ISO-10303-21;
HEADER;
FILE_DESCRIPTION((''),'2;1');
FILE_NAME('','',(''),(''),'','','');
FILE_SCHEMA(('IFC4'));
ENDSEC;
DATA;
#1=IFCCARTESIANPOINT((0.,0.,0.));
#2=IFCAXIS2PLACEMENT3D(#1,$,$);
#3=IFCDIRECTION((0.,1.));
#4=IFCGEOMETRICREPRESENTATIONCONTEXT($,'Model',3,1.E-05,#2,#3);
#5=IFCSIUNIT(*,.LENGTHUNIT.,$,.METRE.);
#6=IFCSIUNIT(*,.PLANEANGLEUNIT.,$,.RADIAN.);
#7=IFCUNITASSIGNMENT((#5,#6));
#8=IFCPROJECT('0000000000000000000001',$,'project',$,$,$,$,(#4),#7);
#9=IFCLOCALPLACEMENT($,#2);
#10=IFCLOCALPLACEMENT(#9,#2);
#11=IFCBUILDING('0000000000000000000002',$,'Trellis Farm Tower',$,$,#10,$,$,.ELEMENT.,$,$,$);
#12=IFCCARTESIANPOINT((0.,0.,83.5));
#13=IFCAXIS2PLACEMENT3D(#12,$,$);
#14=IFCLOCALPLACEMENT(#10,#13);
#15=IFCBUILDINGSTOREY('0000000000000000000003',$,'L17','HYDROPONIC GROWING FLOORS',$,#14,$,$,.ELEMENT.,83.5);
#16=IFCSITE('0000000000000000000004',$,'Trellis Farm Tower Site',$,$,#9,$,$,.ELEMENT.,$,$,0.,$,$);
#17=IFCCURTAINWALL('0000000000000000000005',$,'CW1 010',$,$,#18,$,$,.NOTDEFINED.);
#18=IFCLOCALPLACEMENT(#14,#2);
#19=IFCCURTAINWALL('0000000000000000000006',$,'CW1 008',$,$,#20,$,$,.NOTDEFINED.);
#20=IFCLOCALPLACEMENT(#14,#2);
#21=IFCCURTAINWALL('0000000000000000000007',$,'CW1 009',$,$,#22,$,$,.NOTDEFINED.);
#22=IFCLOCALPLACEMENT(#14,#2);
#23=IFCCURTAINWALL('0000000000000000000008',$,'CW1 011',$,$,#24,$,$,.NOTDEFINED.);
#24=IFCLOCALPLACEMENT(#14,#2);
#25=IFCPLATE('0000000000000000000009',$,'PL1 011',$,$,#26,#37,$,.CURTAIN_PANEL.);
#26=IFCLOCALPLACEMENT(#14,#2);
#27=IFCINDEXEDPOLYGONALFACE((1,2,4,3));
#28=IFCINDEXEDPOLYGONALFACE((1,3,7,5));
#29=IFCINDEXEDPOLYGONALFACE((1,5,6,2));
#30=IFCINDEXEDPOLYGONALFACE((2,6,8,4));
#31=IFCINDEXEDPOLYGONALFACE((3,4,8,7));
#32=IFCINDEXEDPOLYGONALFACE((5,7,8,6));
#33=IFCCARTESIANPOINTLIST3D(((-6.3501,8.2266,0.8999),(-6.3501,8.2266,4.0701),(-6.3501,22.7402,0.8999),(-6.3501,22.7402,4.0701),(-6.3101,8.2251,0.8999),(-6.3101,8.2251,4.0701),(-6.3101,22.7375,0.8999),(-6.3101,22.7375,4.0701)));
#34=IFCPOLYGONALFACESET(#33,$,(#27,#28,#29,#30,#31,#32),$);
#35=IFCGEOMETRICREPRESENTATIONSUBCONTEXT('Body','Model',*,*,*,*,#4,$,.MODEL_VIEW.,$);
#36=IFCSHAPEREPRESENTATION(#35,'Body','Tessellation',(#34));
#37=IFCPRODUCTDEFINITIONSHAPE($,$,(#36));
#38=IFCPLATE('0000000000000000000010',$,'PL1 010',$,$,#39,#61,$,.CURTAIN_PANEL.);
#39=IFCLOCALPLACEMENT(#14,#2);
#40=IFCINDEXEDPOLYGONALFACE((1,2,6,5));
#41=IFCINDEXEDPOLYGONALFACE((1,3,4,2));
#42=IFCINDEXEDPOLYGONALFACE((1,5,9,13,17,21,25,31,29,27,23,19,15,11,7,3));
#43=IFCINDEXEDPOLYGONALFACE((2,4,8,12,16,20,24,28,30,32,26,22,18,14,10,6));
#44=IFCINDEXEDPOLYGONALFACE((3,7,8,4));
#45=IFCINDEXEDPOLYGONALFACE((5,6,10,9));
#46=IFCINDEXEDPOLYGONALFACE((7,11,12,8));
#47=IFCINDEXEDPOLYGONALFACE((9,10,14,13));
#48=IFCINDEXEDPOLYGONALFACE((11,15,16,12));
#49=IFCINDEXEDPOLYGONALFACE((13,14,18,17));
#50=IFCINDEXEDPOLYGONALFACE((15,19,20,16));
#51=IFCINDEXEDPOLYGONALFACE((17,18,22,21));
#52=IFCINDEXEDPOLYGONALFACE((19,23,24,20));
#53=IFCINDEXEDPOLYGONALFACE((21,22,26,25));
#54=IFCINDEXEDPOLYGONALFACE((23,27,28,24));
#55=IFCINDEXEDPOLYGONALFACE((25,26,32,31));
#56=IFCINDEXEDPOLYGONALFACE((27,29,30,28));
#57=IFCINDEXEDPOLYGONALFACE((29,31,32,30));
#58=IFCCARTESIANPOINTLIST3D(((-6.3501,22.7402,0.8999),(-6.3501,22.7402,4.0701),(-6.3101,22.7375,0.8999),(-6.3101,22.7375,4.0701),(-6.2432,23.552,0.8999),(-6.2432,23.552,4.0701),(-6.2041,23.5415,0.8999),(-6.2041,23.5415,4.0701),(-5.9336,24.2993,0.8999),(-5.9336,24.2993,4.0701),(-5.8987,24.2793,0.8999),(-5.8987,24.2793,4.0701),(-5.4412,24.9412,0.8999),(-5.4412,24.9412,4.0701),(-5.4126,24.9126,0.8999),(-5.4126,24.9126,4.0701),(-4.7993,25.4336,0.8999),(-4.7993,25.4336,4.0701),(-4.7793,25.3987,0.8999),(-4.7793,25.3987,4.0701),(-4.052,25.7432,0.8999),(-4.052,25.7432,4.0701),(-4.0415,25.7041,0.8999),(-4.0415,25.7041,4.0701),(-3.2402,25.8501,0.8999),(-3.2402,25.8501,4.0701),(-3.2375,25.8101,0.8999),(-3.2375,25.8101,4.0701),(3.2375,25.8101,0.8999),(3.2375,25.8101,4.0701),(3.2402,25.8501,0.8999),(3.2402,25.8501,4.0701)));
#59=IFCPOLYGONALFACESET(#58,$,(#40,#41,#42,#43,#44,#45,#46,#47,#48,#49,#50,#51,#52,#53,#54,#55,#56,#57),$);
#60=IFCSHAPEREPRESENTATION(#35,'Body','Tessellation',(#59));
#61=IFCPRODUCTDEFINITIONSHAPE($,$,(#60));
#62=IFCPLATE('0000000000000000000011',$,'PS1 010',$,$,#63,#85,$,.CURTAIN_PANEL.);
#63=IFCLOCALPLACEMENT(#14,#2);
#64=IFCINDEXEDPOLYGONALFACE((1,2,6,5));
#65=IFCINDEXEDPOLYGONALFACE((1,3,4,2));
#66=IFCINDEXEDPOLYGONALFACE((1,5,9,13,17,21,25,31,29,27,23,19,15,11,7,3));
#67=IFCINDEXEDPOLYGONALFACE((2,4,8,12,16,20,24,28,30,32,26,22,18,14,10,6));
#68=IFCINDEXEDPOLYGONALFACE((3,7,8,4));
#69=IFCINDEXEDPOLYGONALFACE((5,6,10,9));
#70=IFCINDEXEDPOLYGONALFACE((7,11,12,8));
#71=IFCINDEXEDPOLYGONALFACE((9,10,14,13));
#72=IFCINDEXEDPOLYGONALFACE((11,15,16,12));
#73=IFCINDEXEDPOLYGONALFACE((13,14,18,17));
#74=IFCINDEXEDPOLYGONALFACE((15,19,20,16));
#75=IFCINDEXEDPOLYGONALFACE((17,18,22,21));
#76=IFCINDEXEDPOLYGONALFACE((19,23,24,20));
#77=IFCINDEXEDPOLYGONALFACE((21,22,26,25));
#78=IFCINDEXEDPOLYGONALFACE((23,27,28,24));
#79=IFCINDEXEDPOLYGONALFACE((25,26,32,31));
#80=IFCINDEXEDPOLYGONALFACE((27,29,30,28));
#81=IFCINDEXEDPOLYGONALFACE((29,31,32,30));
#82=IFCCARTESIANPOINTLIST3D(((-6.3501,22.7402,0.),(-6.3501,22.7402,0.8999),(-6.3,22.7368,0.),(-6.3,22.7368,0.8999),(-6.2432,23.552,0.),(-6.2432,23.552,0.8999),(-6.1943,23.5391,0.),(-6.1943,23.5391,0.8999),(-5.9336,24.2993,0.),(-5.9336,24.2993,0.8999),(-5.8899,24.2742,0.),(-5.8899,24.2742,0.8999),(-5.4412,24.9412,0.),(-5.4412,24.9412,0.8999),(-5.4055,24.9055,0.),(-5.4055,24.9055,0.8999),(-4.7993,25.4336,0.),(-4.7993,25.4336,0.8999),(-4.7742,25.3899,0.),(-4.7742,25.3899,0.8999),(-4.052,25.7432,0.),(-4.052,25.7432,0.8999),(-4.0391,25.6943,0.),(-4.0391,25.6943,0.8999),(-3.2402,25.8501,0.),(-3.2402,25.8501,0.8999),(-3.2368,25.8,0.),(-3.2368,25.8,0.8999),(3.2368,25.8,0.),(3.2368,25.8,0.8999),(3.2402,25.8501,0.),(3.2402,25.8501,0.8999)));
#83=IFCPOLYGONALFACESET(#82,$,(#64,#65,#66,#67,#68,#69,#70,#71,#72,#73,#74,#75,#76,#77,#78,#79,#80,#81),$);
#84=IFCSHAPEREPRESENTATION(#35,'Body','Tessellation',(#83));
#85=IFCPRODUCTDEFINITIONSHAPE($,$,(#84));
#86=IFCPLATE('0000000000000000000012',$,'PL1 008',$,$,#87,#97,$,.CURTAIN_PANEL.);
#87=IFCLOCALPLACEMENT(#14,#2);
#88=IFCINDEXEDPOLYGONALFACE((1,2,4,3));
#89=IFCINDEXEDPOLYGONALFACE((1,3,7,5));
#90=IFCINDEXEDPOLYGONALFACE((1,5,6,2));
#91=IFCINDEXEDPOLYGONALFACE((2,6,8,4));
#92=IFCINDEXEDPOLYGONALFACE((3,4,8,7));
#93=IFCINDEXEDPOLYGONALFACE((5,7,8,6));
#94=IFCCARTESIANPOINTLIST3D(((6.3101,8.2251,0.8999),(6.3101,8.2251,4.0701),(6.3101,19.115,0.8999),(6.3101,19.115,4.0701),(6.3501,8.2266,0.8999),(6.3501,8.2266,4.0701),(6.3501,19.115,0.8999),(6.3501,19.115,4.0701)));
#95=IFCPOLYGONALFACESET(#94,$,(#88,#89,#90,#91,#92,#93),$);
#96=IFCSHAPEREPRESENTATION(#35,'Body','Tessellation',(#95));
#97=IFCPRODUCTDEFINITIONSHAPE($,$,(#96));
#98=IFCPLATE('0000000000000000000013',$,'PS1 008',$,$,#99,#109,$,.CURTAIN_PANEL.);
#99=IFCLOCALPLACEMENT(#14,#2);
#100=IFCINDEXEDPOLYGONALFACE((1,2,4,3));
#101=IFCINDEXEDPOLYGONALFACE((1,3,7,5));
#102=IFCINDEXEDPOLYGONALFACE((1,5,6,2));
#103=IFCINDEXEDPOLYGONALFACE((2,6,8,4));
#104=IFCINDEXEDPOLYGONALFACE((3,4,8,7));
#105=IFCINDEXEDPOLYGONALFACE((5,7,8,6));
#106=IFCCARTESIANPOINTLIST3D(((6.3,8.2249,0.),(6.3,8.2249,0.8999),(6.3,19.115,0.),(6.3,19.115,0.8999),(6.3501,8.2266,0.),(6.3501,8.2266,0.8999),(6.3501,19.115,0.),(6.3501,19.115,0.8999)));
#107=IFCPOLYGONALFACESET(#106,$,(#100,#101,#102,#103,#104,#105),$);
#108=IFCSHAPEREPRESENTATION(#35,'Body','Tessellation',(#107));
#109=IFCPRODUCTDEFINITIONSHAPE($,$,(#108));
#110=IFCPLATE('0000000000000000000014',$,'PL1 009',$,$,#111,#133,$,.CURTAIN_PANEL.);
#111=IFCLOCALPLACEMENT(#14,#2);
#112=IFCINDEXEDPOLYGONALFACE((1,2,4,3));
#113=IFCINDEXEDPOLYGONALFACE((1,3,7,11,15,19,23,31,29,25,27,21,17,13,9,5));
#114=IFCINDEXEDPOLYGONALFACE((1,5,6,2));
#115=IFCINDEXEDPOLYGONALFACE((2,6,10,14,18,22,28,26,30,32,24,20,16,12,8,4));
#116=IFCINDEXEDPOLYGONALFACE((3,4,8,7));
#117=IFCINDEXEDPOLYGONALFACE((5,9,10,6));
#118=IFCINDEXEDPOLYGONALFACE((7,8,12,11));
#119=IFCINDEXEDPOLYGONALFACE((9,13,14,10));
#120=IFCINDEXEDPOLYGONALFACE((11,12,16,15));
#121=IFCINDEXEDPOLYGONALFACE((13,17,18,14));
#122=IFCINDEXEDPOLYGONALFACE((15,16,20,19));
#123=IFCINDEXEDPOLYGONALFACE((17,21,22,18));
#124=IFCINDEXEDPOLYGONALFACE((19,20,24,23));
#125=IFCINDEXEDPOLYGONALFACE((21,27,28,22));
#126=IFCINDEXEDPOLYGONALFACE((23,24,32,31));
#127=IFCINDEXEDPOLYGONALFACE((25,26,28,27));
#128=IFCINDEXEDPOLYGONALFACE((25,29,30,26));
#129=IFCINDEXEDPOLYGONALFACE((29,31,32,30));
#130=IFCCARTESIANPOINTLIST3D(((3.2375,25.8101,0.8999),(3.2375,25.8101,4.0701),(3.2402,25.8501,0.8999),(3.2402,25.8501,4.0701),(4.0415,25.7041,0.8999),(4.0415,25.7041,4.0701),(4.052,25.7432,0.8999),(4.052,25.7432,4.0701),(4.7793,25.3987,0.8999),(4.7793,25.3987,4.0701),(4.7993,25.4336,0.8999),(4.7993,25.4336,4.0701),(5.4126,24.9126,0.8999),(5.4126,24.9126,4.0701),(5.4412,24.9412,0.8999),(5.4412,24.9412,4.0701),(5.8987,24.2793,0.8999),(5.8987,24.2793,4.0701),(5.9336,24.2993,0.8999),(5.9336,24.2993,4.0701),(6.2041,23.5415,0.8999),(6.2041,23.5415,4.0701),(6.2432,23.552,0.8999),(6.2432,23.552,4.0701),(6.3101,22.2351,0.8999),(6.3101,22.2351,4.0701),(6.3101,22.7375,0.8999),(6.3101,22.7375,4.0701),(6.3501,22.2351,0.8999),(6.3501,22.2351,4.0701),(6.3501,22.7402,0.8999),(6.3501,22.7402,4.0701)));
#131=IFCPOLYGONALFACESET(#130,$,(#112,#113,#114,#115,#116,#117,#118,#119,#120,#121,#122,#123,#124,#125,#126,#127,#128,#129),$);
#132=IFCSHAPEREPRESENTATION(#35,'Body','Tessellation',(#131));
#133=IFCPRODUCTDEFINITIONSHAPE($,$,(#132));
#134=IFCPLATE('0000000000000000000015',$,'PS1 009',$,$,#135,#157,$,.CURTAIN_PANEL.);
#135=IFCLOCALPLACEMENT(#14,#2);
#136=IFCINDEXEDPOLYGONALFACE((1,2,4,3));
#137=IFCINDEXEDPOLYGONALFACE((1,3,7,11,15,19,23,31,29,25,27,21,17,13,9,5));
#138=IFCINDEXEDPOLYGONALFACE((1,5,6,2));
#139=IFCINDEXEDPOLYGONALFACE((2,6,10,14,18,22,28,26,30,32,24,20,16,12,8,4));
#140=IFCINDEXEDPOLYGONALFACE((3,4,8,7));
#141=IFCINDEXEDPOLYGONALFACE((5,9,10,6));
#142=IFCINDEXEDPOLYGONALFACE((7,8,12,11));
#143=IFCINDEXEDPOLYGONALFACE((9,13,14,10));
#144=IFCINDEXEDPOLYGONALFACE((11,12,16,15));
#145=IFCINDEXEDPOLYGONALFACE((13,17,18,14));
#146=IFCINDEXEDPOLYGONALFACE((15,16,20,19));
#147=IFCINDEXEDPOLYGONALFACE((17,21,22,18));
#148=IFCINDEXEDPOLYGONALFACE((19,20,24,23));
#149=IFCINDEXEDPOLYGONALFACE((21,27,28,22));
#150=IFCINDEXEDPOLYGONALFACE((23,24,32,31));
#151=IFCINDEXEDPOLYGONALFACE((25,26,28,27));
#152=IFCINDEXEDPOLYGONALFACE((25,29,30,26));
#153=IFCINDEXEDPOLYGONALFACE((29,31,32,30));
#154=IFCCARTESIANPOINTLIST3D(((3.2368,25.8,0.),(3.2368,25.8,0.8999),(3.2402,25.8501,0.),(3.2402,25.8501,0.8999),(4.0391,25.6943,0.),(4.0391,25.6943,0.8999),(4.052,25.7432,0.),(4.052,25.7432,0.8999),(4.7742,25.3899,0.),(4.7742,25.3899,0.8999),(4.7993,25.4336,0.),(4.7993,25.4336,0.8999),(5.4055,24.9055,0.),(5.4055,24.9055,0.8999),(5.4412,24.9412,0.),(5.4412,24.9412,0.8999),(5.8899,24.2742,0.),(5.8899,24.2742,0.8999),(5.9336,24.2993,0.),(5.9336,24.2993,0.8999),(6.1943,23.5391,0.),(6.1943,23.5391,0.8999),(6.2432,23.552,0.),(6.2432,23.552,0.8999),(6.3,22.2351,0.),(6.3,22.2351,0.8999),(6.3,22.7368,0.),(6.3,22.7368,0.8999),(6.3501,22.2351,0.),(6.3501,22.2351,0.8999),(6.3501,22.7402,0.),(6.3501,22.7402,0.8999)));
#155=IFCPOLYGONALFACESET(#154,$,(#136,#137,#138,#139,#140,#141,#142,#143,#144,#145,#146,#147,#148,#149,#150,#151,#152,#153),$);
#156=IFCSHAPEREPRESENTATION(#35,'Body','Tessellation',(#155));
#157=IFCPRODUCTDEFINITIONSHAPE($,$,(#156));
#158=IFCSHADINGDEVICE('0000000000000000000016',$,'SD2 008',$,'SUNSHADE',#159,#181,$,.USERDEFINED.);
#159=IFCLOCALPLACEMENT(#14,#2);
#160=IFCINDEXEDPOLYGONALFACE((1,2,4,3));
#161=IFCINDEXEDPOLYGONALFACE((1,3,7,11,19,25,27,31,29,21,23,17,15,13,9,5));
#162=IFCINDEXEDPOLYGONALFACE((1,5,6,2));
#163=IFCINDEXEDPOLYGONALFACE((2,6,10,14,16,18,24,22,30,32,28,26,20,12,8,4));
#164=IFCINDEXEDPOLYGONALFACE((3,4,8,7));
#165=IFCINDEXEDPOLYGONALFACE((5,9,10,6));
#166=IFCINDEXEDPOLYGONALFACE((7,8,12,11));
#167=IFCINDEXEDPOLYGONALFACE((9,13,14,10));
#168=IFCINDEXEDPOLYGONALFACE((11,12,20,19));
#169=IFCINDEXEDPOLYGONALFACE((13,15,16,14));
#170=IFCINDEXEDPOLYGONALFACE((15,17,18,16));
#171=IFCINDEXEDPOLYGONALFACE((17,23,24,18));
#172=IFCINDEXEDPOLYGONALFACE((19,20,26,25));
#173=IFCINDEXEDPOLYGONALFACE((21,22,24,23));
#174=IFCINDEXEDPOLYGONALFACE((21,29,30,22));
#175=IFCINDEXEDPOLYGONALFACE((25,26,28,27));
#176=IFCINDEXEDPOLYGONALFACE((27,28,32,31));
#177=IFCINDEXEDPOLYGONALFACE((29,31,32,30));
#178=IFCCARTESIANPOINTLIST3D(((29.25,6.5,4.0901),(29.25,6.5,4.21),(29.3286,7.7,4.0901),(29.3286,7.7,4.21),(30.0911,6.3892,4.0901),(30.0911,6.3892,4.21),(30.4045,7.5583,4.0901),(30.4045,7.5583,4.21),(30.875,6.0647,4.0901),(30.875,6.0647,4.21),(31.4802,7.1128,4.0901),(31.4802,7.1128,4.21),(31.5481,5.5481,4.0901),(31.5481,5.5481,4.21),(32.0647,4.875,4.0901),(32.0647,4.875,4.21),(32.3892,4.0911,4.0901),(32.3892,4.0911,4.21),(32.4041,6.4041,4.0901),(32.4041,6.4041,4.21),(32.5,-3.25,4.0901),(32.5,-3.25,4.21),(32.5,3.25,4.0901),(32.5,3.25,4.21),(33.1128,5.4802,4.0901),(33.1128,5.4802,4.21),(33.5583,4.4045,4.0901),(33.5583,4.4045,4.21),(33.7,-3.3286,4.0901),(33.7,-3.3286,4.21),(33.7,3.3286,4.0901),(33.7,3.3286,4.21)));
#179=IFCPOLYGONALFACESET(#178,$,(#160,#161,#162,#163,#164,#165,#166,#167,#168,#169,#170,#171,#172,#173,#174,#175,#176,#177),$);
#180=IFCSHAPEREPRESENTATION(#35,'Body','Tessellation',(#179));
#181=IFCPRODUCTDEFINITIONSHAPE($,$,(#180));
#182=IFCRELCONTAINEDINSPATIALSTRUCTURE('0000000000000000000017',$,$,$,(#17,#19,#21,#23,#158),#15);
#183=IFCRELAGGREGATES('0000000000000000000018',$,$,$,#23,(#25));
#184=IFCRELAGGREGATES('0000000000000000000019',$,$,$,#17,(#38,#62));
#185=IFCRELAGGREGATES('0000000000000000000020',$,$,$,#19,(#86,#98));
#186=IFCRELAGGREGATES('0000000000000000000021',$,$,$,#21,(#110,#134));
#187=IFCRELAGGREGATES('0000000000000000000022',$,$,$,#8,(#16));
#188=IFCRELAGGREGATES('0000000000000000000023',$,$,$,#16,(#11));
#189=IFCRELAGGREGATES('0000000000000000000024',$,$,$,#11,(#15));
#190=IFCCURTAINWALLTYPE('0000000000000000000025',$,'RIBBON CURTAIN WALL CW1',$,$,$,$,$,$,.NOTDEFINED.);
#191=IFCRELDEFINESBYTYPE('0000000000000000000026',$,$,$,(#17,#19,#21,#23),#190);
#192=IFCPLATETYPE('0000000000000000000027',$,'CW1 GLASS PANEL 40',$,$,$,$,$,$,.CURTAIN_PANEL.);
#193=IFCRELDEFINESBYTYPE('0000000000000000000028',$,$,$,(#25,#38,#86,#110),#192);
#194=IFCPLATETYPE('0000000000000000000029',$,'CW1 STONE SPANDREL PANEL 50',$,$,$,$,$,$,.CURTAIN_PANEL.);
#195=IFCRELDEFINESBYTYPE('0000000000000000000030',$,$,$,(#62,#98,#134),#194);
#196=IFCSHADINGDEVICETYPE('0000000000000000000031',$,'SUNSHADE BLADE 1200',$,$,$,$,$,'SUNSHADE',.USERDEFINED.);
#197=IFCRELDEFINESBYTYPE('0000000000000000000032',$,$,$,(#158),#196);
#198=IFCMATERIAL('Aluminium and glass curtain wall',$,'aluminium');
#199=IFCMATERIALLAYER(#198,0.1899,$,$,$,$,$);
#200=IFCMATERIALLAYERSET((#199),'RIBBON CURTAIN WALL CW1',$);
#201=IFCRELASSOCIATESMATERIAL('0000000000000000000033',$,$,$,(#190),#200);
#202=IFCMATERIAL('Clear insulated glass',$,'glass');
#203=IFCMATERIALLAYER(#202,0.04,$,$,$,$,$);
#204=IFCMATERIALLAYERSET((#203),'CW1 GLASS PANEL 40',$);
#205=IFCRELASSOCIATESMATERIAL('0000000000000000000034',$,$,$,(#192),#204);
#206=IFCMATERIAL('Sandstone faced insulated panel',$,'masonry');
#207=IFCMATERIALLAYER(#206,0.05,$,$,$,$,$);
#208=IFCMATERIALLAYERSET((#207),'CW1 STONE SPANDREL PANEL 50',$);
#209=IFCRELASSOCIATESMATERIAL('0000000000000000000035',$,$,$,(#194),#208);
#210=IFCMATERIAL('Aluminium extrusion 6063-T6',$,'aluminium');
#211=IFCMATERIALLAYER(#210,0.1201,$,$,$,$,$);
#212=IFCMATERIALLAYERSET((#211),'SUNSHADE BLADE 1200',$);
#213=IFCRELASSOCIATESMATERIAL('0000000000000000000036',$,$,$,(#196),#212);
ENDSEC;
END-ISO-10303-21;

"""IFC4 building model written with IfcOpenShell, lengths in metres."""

from ifc_helpers import new_model, si_unit, direction, frame, origin, place, context, subcontext, project, spatial, polyline, outline, extrude, source, transform, mapped, material, layer, layer_set, type_object, element, aggregate, save


model = new_model("IFC4")

# Units and contexts
model_context = context("Model", 3, precision=1e-05, world=origin(), true_north=direction((0.0, 1.0)))
body_context = subcontext(model_context, "Body", "Model", "MODEL_VIEW")
ifc_project = project(units=[si_unit("LENGTHUNIT", "METRE"), si_unit("PLANEANGLEUNIT", "RADIAN")], contexts=[model_context])

# Site, building, storey
site_placement = place(None, origin())
site = spatial("IfcSite", under=ifc_project, at=site_placement, Name="Trellis Farm Tower Site", CompositionType="ELEMENT", RefElevation=0.0)
building_placement = place(site_placement, origin())
building = spatial("IfcBuilding", under=site, at=building_placement, Name="Trellis Farm Tower", CompositionType="ELEMENT")
storey_placement = place(building_placement, frame((0.0, 0.0, 83.5)))
storey = spatial("IfcBuildingStorey", under=building, at=storey_placement, Name="L17", Description="HYDROPONIC GROWING FLOORS", CompositionType="ELEMENT", Elevation=83.5)

# Curtain walls
ifc_material_1 = material(Name="Aluminium and glass curtain wall", Category="aluminium")
ifc_layer_1 = layer(ifc_material_1, 0.1899)
ifc_layer_set_1 = layer_set([ifc_layer_1], Name="RIBBON CURTAIN WALL CW1")
curtain_wall_type_1 = type_object("IfcCurtainWallType", Name="RIBBON CURTAIN WALL CW1", PredefinedType="NOTDEFINED", material=ifc_layer_set_1)
placement_1 = place(storey_placement, origin())
ifc_material_2 = material(Name="Aluminium extrusion 6063-T6", Category="aluminium")
curtain_wall_1 = element("IfcCurtainWall", 1, at=placement_1, inside=storey, type_object=curtain_wall_type_1, Name="CW1 010", PredefinedType="NOTDEFINED")
curtain_wall_2 = element("IfcCurtainWall", 2, at=placement_1, inside=storey, type_object=curtain_wall_type_1, Name="CW1 008", PredefinedType="NOTDEFINED")
curtain_wall_3 = element("IfcCurtainWall", 3, at=placement_1, inside=storey, type_object=curtain_wall_type_1, Name="CW1 009", PredefinedType="NOTDEFINED")

# Shared definitions
ifc_material_3 = material(Name="Clear insulated glass", Category="glass")
ifc_layer_2 = layer(ifc_material_3, 0.04)
ifc_layer_set_2 = layer_set([ifc_layer_2], Name="CW1 GLASS PANEL 40")
plate_type_1 = type_object("IfcPlateType", Name="CW1 GLASS PANEL 40", PredefinedType="CURTAIN_PANEL", material=ifc_layer_set_2)
placement_2 = place(storey_placement, frame((0.0, 0.0, 0.8999)))
ifc_material_4 = material(Name="Sandstone faced insulated panel", Category="masonry")
ifc_layer_3 = layer(ifc_material_4, 0.05)
ifc_layer_set_3 = layer_set([ifc_layer_3], Name="CW1 STONE SPANDREL PANEL 50")
plate_type_2 = type_object("IfcPlateType", Name="CW1 STONE SPANDREL PANEL 50", PredefinedType="CURTAIN_PANEL", material=ifc_layer_set_3)

# Curtain wall, plate
curtain_wall_4 = element("IfcCurtainWall", 4, at=placement_1, inside=storey, type_object=curtain_wall_type_1, Name="CW1 011", PredefinedType="NOTDEFINED")
shared_shape_1 = source(origin(), body_context, "Body", "SweptSolid", [
    extrude(outline(polyline([(-6.3501, 22.7402), (-6.3501, 8.2266), (-6.3101, 8.2251), (-6.3101, 22.7375), (-6.3501, 22.7402)])), origin(), (0.0, 0.0, 1.0), 3.1702),
])
plate_1 = element("IfcPlate", 5, at=placement_2, type_object=plate_type_1, Name="PL1 011", PredefinedType="CURTAIN_PANEL", context=body_context, shape_type="MappedRepresentation", body=[
    mapped(shared_shape_1, transform((0.0, 0.0, 0.0))),
])
aggregate(curtain_wall_4, [plate_1])

# Plates
shared_shape_2 = source(origin(), body_context, "Body", "SweptSolid", [
    extrude(outline(polyline([(3.2402, 25.8501), (-3.2402, 25.8501), (-4.052, 25.7432), (-4.7993, 25.4336), (-5.4412, 24.9412), (-5.9336, 24.2993), (-6.2432, 23.552), (-6.3501, 22.7402), (-6.3101, 22.7375), (-6.2041, 23.5415), (-5.8987, 24.2793), (-5.4126, 24.9126), (-4.7793, 25.3987), (-4.0415, 25.7041), (-3.2375, 25.8101), (3.2375, 25.8101), (3.2402, 25.8501)])), origin(), (0.0, 0.0, 1.0), 3.1702),
])
plate_2 = element("IfcPlate", 6, at=placement_2, type_object=plate_type_1, Name="PL1 010", PredefinedType="CURTAIN_PANEL", context=body_context, shape_type="MappedRepresentation", body=[
    mapped(shared_shape_2, transform((0.0, 0.0, 0.0))),
])
shared_shape_3 = source(origin(), body_context, "Body", "SweptSolid", [
    extrude(outline(polyline([(3.2402, 25.8501), (-3.2402, 25.8501), (-4.052, 25.7432), (-4.7993, 25.4336), (-5.4412, 24.9412), (-5.9336, 24.2993), (-6.2432, 23.552), (-6.3501, 22.7402), (-6.3, 22.7368), (-6.1943, 23.5391), (-5.8899, 24.2742), (-5.4055, 24.9055), (-4.7742, 25.3899), (-4.0391, 25.6943), (-3.2368, 25.8), (3.2368, 25.8), (3.2402, 25.8501)])), origin(), (0.0, 0.0, 1.0), 0.8999),
])
plate_3 = element("IfcPlate", 7, at=placement_1, type_object=plate_type_2, Name="PS1 010", PredefinedType="CURTAIN_PANEL", context=body_context, shape_type="MappedRepresentation", body=[
    mapped(shared_shape_3, transform((0.0, 0.0, 0.0))),
])
aggregate(curtain_wall_1, [plate_2, plate_3])
shared_shape_4 = source(origin(), body_context, "Body", "SweptSolid", [
    extrude(outline(polyline([(6.3501, 8.2266), (6.3501, 19.115), (6.3101, 19.115), (6.3101, 8.2251), (6.3501, 8.2266)])), origin(), (0.0, 0.0, 1.0), 3.1702),
])
plate_4 = element("IfcPlate", 8, at=placement_2, type_object=plate_type_1, Name="PL1 008", PredefinedType="CURTAIN_PANEL", context=body_context, shape_type="MappedRepresentation", body=[
    mapped(shared_shape_4, transform((0.0, 0.0, 0.0))),
])
shared_shape_5 = source(origin(), body_context, "Body", "SweptSolid", [
    extrude(outline(polyline([(6.3501, 8.2266), (6.3501, 19.115), (6.3, 19.115), (6.3, 8.2249), (6.3501, 8.2266)])), origin(), (0.0, 0.0, 1.0), 0.8999),
])
plate_5 = element("IfcPlate", 9, at=placement_1, type_object=plate_type_2, Name="PS1 008", PredefinedType="CURTAIN_PANEL", context=body_context, shape_type="MappedRepresentation", body=[
    mapped(shared_shape_5, transform((0.0, 0.0, 0.0))),
])
aggregate(curtain_wall_2, [plate_4, plate_5])
shared_shape_6 = source(origin(), body_context, "Body", "SweptSolid", [
    extrude(outline(polyline([(6.3501, 22.2351), (6.3501, 22.7402), (6.2432, 23.552), (5.9336, 24.2993), (5.4412, 24.9412), (4.7993, 25.4336), (4.052, 25.7432), (3.2402, 25.8501), (3.2375, 25.8101), (4.0415, 25.7041), (4.7793, 25.3987), (5.4126, 24.9126), (5.8987, 24.2793), (6.2041, 23.5415), (6.3101, 22.7375), (6.3101, 22.2351), (6.3501, 22.2351)])), origin(), (0.0, 0.0, 1.0), 3.1702),
])
plate_6 = element("IfcPlate", 10, at=placement_2, type_object=plate_type_1, Name="PL1 009", PredefinedType="CURTAIN_PANEL", context=body_context, shape_type="MappedRepresentation", body=[
    mapped(shared_shape_6, transform((0.0, 0.0, 0.0))),
])
shared_shape_7 = source(origin(), body_context, "Body", "SweptSolid", [
    extrude(outline(polyline([(6.3501, 22.2351), (6.3501, 22.7402), (6.2432, 23.552), (5.9336, 24.2993), (5.4412, 24.9412), (4.7993, 25.4336), (4.052, 25.7432), (3.2402, 25.8501), (3.2368, 25.8), (4.0391, 25.6943), (4.7742, 25.3899), (5.4055, 24.9055), (5.8899, 24.2742), (6.1943, 23.5391), (6.3, 22.7368), (6.3, 22.2351), (6.3501, 22.2351)])), origin(), (0.0, 0.0, 1.0), 0.8999),
])
plate_7 = element("IfcPlate", 11, at=placement_1, type_object=plate_type_2, Name="PS1 009", PredefinedType="CURTAIN_PANEL", context=body_context, shape_type="MappedRepresentation", body=[
    mapped(shared_shape_7, transform((0.0, 0.0, 0.0))),
])
aggregate(curtain_wall_3, [plate_6, plate_7])

# Shading device
ifc_layer_4 = layer(ifc_material_2, 0.1201)
ifc_layer_set_4 = layer_set([ifc_layer_4], Name="SUNSHADE BLADE 1200")
shading_device_type_1 = type_object("IfcShadingDeviceType", Name="SUNSHADE BLADE 1200", ElementType="SUNSHADE", PredefinedType="USERDEFINED", material=ifc_layer_set_4)
shared_shape_8 = source(origin(), body_context, "Body", "SweptSolid", [
    extrude(outline(polyline([(33.7, -3.3286), (33.7, 3.3286), (33.5583, 4.4045), (33.1128, 5.4802), (32.4041, 6.4041), (31.4802, 7.1128), (30.4045, 7.5583), (29.3286, 7.7), (29.25, 6.5), (30.0911, 6.3892), (30.875, 6.0647), (31.5481, 5.5481), (32.0647, 4.875), (32.3892, 4.0911), (32.5, 3.25), (32.5, -3.25), (33.7, -3.3286)])), origin(), (0.0, 0.0, 1.0), 0.1199),
])
placement_3 = place(storey_placement, frame((0.0, 0.0, 4.0901)))
element("IfcShadingDevice", 12, at=placement_3, inside=storey, type_object=shading_device_type_1, Name="SD2 008", ObjectType="SUNSHADE", PredefinedType="USERDEFINED", context=body_context, shape_type="MappedRepresentation", body=[
    mapped(shared_shape_8, transform((0.0, 0.0, 0.0))),
])

save(model, "model.ifc")
